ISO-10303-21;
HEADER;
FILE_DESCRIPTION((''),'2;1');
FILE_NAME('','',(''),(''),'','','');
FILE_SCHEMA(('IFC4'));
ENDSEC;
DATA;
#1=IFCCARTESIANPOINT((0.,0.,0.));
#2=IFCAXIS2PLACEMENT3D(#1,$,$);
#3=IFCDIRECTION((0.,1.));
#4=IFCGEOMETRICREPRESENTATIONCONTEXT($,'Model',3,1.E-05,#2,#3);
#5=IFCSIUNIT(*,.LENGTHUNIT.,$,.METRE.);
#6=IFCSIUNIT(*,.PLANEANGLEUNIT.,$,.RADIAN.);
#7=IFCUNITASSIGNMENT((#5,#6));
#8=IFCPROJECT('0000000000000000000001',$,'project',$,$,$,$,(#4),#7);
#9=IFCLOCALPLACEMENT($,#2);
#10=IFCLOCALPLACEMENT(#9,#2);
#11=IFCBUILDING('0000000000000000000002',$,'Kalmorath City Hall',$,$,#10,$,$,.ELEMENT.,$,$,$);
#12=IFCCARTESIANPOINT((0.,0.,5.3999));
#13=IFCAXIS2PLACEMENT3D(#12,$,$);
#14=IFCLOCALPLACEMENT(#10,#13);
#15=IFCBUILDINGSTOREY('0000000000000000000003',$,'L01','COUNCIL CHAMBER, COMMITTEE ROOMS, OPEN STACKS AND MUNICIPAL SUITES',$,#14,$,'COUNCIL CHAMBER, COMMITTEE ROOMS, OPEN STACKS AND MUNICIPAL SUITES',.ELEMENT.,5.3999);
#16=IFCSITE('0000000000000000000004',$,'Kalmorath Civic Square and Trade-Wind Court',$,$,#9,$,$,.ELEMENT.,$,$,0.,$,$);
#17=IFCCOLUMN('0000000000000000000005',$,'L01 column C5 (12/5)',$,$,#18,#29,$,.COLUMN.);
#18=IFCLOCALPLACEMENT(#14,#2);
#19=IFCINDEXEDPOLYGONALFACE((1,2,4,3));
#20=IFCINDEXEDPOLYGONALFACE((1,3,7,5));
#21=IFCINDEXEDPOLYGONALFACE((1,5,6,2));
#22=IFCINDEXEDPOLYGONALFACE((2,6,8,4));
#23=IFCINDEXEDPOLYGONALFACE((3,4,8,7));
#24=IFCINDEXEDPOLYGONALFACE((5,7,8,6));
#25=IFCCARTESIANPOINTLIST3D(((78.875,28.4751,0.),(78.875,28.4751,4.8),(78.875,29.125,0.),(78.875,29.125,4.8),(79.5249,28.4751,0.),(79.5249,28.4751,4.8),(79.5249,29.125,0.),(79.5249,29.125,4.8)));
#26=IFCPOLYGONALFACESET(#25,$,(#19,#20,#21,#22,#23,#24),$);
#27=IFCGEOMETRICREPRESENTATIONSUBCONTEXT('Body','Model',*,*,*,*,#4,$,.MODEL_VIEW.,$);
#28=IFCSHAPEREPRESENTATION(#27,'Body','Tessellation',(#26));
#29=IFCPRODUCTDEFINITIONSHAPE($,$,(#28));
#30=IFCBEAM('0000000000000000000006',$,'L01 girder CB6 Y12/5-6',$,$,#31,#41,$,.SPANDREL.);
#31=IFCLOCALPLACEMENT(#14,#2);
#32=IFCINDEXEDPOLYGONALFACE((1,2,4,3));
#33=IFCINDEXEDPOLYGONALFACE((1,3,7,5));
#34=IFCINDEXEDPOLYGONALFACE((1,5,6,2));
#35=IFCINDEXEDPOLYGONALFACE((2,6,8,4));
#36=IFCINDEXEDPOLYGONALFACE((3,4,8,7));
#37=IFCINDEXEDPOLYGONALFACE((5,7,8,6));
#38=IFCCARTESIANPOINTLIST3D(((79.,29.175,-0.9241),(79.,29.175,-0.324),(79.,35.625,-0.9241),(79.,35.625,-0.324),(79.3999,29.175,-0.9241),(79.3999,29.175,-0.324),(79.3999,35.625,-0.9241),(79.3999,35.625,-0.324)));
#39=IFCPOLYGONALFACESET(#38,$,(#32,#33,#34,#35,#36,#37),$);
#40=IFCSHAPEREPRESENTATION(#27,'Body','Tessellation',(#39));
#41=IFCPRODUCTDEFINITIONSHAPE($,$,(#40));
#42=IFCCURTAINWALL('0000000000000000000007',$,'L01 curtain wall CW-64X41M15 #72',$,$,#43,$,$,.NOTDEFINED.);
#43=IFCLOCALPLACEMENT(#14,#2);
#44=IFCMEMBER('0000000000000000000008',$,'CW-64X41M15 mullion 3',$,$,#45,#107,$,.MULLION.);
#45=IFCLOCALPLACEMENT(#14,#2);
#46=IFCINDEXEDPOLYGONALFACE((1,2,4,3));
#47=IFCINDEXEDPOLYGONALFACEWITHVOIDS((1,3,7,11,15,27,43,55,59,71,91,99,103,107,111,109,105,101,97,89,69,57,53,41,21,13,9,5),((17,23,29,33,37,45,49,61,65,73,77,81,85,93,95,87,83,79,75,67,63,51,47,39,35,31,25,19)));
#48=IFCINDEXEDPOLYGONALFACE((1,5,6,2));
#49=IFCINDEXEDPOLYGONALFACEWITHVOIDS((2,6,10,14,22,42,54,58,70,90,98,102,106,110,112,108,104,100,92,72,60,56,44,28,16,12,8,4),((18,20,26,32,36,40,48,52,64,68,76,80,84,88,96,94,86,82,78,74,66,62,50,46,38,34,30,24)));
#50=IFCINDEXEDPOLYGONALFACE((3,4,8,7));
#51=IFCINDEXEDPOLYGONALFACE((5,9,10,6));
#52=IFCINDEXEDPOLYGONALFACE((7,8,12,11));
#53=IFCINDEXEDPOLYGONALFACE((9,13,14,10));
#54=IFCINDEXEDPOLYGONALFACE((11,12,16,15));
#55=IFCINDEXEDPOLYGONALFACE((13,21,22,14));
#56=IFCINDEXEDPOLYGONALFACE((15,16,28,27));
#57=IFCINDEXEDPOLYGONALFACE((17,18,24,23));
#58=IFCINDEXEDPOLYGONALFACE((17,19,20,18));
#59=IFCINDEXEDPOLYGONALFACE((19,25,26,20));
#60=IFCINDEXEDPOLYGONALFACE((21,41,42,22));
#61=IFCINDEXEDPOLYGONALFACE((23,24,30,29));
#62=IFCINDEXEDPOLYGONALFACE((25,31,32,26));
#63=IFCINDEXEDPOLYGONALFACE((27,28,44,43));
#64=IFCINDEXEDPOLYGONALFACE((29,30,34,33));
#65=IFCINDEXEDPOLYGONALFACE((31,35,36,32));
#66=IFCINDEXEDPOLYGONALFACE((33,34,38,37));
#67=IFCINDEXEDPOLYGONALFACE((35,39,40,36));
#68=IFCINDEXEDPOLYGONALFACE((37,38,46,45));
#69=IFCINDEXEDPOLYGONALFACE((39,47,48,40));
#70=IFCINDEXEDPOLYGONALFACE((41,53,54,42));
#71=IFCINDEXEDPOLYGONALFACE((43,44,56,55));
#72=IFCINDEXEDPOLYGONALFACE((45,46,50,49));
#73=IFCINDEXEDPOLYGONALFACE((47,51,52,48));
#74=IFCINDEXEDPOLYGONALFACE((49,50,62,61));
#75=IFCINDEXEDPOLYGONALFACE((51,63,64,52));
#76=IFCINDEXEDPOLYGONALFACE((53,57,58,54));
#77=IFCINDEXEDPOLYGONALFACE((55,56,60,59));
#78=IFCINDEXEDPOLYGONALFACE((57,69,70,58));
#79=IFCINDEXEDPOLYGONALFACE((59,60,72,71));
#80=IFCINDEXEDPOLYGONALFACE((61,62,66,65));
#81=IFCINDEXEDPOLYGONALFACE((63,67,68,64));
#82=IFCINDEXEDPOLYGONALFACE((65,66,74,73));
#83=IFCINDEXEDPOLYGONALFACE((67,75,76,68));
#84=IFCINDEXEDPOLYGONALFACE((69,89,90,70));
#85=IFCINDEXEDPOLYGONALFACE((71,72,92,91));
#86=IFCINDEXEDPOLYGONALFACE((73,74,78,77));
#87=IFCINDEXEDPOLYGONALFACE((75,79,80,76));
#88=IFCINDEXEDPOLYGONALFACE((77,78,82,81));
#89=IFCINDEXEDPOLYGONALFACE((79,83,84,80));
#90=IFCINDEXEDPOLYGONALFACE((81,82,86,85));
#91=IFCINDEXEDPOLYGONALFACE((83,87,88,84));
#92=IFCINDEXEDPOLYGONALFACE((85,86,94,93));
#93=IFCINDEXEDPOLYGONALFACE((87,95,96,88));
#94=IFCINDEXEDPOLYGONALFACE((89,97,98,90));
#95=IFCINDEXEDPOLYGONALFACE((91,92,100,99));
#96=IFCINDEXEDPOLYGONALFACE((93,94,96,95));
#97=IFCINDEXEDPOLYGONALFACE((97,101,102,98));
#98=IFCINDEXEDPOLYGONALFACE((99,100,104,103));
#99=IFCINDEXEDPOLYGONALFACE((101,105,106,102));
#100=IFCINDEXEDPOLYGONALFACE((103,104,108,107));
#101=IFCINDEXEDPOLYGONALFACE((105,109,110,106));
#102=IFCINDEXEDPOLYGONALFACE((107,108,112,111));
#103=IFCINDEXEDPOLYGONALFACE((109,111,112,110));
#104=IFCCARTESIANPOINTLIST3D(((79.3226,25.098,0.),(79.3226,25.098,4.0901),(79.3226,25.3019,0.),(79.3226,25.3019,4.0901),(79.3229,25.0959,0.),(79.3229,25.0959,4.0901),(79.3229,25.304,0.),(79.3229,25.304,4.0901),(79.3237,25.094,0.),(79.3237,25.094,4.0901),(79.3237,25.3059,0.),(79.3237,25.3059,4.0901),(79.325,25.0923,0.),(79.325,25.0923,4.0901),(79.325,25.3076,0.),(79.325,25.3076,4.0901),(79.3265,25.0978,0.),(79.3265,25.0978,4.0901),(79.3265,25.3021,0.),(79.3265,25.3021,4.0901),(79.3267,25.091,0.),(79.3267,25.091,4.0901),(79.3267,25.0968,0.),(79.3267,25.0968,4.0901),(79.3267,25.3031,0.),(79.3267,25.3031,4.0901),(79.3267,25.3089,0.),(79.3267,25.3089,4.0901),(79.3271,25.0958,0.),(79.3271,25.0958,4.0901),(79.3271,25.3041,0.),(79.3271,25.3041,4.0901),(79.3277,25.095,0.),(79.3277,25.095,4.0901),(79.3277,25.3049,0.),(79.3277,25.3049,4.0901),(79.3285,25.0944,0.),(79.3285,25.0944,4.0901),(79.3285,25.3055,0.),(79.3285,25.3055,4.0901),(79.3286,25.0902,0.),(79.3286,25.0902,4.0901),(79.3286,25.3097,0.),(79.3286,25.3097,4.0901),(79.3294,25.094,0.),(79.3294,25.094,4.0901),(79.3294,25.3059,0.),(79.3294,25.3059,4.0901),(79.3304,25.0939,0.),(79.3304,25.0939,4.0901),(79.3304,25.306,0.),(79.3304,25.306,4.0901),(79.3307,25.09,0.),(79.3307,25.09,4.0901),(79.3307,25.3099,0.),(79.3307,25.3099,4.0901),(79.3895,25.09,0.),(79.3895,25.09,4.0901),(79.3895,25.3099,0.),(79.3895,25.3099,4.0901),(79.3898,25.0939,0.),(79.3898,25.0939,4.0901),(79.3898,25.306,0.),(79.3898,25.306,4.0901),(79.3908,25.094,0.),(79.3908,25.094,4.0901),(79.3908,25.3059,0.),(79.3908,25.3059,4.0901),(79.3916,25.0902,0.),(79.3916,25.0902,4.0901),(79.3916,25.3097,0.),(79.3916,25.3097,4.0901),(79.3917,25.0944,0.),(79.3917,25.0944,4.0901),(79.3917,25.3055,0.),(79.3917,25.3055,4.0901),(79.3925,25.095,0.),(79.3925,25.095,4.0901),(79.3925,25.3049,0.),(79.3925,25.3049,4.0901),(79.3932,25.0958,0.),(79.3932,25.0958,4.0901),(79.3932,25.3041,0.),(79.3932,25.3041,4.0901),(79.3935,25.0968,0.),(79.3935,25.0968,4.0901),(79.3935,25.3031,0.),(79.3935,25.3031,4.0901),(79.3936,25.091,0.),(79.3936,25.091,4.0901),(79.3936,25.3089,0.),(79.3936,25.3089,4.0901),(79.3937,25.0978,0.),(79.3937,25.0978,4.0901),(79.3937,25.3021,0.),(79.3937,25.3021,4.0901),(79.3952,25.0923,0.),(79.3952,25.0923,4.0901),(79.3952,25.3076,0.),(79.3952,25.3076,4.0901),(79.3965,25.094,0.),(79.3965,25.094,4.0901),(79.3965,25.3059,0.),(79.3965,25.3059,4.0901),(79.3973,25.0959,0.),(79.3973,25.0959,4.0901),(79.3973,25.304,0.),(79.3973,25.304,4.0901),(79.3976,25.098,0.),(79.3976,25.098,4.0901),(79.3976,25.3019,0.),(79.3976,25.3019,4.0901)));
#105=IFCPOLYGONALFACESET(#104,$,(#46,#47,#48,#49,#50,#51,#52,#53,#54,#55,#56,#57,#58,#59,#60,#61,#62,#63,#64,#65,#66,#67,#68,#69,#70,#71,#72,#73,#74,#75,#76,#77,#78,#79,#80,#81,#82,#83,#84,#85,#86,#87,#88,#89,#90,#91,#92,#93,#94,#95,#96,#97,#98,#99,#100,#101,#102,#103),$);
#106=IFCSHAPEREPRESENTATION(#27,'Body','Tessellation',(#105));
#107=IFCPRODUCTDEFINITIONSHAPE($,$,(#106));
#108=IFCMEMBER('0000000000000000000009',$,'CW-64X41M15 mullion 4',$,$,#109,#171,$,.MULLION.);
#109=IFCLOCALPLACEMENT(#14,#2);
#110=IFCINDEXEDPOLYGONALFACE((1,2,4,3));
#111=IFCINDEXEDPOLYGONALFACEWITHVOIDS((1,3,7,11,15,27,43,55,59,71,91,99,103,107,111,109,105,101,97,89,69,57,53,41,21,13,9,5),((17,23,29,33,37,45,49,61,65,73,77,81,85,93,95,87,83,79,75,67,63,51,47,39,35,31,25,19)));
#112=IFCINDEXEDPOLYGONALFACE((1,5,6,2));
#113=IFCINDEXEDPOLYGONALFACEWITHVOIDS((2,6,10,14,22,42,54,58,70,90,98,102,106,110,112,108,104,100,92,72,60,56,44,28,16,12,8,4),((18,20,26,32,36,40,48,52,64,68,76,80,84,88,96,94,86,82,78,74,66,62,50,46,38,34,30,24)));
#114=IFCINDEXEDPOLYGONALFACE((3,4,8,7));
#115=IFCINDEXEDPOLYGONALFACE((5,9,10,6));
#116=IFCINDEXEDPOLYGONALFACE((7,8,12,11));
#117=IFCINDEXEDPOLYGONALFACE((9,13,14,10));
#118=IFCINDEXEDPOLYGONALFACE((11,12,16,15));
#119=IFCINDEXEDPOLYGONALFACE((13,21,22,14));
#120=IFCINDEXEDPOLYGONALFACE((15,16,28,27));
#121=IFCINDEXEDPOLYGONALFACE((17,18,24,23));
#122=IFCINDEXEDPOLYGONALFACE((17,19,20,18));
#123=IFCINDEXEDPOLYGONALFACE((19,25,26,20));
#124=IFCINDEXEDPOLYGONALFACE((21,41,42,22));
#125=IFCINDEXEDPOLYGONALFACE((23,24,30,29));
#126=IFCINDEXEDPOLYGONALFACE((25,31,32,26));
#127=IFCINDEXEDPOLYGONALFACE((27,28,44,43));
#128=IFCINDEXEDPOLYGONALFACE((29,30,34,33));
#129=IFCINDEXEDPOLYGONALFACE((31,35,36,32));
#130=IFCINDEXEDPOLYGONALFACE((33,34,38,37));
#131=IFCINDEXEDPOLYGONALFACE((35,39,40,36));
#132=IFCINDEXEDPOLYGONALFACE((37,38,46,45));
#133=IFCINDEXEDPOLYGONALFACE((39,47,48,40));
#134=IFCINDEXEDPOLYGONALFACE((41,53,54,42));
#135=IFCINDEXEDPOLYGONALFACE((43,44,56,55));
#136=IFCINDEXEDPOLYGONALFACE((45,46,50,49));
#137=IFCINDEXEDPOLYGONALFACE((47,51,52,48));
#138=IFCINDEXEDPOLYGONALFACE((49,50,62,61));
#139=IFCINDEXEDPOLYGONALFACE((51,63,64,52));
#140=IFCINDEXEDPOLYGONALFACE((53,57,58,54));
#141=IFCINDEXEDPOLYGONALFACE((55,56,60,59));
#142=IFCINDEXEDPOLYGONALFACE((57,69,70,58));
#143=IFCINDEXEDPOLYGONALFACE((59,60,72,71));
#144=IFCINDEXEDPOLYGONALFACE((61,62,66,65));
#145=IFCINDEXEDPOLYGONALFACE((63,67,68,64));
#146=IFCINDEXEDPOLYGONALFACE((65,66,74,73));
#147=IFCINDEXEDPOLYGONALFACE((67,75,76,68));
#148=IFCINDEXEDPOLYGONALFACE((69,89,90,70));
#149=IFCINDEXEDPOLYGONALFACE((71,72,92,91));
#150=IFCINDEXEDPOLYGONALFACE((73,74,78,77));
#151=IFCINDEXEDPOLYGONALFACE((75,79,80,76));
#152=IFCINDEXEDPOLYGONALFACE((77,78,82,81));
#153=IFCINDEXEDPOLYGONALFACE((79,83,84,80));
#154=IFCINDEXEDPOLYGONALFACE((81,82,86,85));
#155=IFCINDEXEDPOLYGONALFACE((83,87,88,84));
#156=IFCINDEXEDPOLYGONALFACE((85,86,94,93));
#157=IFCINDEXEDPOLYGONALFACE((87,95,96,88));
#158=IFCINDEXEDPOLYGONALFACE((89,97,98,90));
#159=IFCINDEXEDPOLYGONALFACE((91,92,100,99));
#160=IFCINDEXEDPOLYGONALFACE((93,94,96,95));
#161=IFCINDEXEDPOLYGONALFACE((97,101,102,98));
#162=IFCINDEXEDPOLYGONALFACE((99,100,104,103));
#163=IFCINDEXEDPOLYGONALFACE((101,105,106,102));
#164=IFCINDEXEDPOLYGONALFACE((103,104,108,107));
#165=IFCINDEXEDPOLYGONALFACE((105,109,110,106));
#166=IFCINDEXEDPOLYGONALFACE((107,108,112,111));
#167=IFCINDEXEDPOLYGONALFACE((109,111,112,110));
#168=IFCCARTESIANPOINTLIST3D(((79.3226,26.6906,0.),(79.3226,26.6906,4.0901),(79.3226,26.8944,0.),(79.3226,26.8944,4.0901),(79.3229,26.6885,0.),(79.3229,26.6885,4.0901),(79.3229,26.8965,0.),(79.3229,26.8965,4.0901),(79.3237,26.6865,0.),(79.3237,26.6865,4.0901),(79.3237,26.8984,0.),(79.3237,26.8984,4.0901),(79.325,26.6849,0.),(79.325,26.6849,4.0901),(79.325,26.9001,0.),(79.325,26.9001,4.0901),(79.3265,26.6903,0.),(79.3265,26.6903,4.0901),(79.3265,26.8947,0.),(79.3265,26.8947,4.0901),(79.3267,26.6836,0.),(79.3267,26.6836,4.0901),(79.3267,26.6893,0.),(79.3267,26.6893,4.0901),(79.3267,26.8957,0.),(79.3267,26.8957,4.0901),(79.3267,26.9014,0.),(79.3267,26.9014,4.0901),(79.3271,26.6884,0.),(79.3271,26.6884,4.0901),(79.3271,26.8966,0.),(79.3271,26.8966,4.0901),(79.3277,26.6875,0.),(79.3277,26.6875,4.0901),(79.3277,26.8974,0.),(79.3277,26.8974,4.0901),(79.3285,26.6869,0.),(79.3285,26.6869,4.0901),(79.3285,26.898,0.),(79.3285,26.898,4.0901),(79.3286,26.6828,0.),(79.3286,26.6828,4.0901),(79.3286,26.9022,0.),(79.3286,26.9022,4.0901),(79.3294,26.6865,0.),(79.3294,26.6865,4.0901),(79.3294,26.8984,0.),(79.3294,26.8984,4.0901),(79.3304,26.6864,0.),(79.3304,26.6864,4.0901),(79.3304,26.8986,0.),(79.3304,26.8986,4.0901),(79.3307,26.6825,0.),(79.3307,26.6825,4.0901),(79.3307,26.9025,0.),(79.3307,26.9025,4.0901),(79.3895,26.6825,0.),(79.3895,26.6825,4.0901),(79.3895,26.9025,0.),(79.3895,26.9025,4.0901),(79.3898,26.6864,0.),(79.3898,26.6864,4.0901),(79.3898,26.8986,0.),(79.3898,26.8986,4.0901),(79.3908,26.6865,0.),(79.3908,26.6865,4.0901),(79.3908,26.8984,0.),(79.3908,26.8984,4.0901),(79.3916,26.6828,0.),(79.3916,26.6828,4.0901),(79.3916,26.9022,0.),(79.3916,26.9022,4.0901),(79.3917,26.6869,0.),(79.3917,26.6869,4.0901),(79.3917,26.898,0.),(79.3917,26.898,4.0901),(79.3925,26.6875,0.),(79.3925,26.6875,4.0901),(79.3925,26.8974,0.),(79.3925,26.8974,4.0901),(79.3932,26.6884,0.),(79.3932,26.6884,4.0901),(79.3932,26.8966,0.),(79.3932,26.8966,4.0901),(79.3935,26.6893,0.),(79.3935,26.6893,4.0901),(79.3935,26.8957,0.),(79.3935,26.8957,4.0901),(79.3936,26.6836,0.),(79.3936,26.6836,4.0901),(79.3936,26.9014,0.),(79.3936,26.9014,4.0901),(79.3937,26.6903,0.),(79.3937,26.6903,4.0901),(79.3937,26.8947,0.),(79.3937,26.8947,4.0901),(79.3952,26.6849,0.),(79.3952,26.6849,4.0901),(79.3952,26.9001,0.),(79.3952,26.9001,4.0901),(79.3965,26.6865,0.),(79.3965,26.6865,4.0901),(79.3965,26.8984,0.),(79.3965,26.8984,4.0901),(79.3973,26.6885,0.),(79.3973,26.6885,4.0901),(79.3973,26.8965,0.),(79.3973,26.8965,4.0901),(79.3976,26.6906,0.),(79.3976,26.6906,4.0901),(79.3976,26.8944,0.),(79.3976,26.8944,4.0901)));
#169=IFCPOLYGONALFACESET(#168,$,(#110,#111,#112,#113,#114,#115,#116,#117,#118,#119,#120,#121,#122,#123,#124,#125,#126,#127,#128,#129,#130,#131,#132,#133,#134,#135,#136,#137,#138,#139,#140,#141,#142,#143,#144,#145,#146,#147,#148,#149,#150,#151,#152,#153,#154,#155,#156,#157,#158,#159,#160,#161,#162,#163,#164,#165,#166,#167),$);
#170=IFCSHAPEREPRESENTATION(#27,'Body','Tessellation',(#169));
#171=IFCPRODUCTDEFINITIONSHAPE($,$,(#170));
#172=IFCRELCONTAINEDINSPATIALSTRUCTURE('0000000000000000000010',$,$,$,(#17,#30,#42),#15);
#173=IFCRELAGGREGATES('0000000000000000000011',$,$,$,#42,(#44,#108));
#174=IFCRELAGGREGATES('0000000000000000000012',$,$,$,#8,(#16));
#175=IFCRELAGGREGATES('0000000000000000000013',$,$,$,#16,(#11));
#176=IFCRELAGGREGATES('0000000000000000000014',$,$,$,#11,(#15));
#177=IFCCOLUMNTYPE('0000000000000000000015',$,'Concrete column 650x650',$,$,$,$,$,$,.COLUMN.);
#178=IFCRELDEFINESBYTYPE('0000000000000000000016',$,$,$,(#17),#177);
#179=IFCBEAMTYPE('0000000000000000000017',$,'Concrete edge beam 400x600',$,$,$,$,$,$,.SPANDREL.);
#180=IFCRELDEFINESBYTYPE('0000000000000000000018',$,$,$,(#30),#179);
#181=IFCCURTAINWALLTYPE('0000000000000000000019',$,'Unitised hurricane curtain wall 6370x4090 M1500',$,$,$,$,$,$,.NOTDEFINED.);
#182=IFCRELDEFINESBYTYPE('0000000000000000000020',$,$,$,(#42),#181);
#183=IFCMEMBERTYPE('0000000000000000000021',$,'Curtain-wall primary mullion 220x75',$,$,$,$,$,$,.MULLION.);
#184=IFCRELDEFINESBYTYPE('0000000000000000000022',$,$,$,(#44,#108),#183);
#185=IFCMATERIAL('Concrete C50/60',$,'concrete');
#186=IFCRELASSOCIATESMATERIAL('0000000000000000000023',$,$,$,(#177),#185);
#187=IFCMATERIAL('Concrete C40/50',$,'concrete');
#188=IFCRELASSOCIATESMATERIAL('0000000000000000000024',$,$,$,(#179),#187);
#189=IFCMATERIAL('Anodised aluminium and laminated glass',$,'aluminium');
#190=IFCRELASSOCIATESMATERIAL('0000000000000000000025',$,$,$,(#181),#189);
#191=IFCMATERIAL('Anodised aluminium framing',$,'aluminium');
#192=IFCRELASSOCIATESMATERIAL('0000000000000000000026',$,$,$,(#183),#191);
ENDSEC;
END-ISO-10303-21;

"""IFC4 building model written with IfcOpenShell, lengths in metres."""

from ifc_helpers import new_model, si_unit, direction, frame, origin, origin_2d, place, context, subcontext, project, spatial, rectangle, hollow_rectangle, extrude, material, material_profile, profile_set, type_object, element, aggregate, save


model = new_model("IFC4")

# Units and contexts
model_context = context("Model", 3, precision=1e-05, world=origin(), true_north=direction((0.0, 1.0)))
body_context = subcontext(model_context, "Body", "Model", "MODEL_VIEW")
ifc_project = project(units=[si_unit("LENGTHUNIT", "METRE"), si_unit("PLANEANGLEUNIT", "RADIAN")], contexts=[model_context])

# Site, building, storey
site_placement = place(None, origin())
site = spatial("IfcSite", under=ifc_project, at=site_placement, Name="Kalmorath Civic Square and Trade-Wind Court", CompositionType="ELEMENT", RefElevation=0.0)
building_placement = place(site_placement, origin())
building = spatial("IfcBuilding", under=site, at=building_placement, Name="Kalmorath City Hall", CompositionType="ELEMENT")
storey_placement = place(building_placement, frame((0.0, 0.0, 5.3999)))
storey = spatial("IfcBuildingStorey", under=building, at=storey_placement, Name="L01", Description="COUNCIL CHAMBER, COMMITTEE ROOMS, OPEN STACKS AND MUNICIPAL SUITES", LongName="COUNCIL CHAMBER, COMMITTEE ROOMS, OPEN STACKS AND MUNICIPAL SUITES", CompositionType="ELEMENT", Elevation=5.3999)

# Column
ifc_material_1 = material(Name="Concrete C50/60", Category="concrete")
ifc_material_profile_1 = material_profile(ifc_material_1, rectangle(XDim=0.6499, YDim=0.6499, at=origin_2d()), Name="RC-COL-650X650")
ifc_profile_set_1 = profile_set([ifc_material_profile_1], Name="Concrete C50/60")
column_type = type_object("IfcColumnType", Name="Concrete column 650x650", PredefinedType="COLUMN", material=ifc_profile_set_1)
column_placement = place(storey_placement, frame((79.2, 28.8, 0.0), z_axis=(0.0, 0.0, 1.0), x_axis=(1.0, 0.0, 0.0)))
element("IfcColumn", 1, at=column_placement, inside=storey, type_object=column_type, Name="L01 column C5 (12/5)", PredefinedType="COLUMN", context=body_context, shape_type="SweptSolid", body=[
    extrude(rectangle(XDim=0.6499, YDim=0.6499, at=origin_2d()), origin(), (0.0, 0.0, 1.0), 4.8),
])

# Beam
ifc_material_2 = material(Name="Concrete C40/50", Category="concrete")
ifc_material_profile_2 = material_profile(ifc_material_2, rectangle(XDim=0.3999, YDim=0.6001, at=origin_2d()), Name="RC-BM-400X600")
ifc_profile_set_2 = profile_set([ifc_material_profile_2], Name="Concrete C40/50")
beam_type = type_object("IfcBeamType", Name="Concrete edge beam 400x600", PredefinedType="SPANDREL", material=ifc_profile_set_2)
beam_placement = place(storey_placement, frame((79.2, 29.175, -0.624), z_axis=(0.0, 1.0, 0.0), x_axis=(-1.0, 0.0, 0.0)))
element("IfcBeam", 2, at=beam_placement, inside=storey, type_object=beam_type, Name="L01 girder CB6 Y12/5-6", PredefinedType="SPANDREL", context=body_context, shape_type="SweptSolid", body=[
    extrude(rectangle(XDim=0.3999, YDim=0.6001, at=origin_2d()), origin(), (0.0, 0.0, 1.0), 6.45),
])

# Curtain wall, members
ifc_material_3 = material(Name="Anodised aluminium and laminated glass", Category="aluminium")
curtain_wall_type_1 = type_object("IfcCurtainWallType", Name="Unitised hurricane curtain wall 6370x4090 M1500", PredefinedType="NOTDEFINED", material=ifc_material_3)
curtain_wall_1_placement = place(storey_placement, origin())
curtain_wall_1 = element("IfcCurtainWall", 3, at=curtain_wall_1_placement, inside=storey, type_object=curtain_wall_type_1, Name="L01 curtain wall CW-64X41M15 #72", PredefinedType="NOTDEFINED")
ifc_material_4 = material(Name="Anodised aluminium framing", Category="aluminium")
ifc_material_profile_3 = material_profile(ifc_material_4, hollow_rectangle(XDim=0.075, YDim=0.22, WallThickness=0.0039, InnerFilletRadius=0.0039, OuterFilletRadius=0.0081, at=origin_2d()), Name="ALU-MUL-220X75X4")
ifc_profile_set_3 = profile_set([ifc_material_profile_3], Name="Anodised aluminium framing")
member_type_1 = type_object("IfcMemberType", Name="Curtain-wall primary mullion 220x75", PredefinedType="MULLION", material=ifc_profile_set_3)
member_1_placement = place(storey_placement, frame((79.3601, 25.2, 0.0), z_axis=(0.0, 0.0, 1.0), x_axis=(-1.0, 0.0, 0.0)))
member_1 = element("IfcMember", 4, at=member_1_placement, type_object=member_type_1, Name="CW-64X41M15 mullion 3", PredefinedType="MULLION", context=body_context, shape_type="SweptSolid", body=[
    extrude(hollow_rectangle(XDim=0.075, YDim=0.22, WallThickness=0.0039, InnerFilletRadius=0.0039, OuterFilletRadius=0.0081, at=origin_2d()), origin(), (0.0, 0.0, 1.0), 4.0901),
])
member_2_placement = place(storey_placement, frame((79.3601, 26.7925, 0.0), z_axis=(0.0, 0.0, 1.0), x_axis=(-1.0, 0.0, 0.0)))
member_2 = element("IfcMember", 5, at=member_2_placement, type_object=member_type_1, Name="CW-64X41M15 mullion 4", PredefinedType="MULLION", context=body_context, shape_type="SweptSolid", body=[
    extrude(hollow_rectangle(XDim=0.075, YDim=0.22, WallThickness=0.0039, InnerFilletRadius=0.0039, OuterFilletRadius=0.0081, at=origin_2d()), origin(), (0.0, 0.0, 1.0), 4.0901),
])

aggregate(curtain_wall_1, [member_1, member_2])

save(model, "model.ifc")
